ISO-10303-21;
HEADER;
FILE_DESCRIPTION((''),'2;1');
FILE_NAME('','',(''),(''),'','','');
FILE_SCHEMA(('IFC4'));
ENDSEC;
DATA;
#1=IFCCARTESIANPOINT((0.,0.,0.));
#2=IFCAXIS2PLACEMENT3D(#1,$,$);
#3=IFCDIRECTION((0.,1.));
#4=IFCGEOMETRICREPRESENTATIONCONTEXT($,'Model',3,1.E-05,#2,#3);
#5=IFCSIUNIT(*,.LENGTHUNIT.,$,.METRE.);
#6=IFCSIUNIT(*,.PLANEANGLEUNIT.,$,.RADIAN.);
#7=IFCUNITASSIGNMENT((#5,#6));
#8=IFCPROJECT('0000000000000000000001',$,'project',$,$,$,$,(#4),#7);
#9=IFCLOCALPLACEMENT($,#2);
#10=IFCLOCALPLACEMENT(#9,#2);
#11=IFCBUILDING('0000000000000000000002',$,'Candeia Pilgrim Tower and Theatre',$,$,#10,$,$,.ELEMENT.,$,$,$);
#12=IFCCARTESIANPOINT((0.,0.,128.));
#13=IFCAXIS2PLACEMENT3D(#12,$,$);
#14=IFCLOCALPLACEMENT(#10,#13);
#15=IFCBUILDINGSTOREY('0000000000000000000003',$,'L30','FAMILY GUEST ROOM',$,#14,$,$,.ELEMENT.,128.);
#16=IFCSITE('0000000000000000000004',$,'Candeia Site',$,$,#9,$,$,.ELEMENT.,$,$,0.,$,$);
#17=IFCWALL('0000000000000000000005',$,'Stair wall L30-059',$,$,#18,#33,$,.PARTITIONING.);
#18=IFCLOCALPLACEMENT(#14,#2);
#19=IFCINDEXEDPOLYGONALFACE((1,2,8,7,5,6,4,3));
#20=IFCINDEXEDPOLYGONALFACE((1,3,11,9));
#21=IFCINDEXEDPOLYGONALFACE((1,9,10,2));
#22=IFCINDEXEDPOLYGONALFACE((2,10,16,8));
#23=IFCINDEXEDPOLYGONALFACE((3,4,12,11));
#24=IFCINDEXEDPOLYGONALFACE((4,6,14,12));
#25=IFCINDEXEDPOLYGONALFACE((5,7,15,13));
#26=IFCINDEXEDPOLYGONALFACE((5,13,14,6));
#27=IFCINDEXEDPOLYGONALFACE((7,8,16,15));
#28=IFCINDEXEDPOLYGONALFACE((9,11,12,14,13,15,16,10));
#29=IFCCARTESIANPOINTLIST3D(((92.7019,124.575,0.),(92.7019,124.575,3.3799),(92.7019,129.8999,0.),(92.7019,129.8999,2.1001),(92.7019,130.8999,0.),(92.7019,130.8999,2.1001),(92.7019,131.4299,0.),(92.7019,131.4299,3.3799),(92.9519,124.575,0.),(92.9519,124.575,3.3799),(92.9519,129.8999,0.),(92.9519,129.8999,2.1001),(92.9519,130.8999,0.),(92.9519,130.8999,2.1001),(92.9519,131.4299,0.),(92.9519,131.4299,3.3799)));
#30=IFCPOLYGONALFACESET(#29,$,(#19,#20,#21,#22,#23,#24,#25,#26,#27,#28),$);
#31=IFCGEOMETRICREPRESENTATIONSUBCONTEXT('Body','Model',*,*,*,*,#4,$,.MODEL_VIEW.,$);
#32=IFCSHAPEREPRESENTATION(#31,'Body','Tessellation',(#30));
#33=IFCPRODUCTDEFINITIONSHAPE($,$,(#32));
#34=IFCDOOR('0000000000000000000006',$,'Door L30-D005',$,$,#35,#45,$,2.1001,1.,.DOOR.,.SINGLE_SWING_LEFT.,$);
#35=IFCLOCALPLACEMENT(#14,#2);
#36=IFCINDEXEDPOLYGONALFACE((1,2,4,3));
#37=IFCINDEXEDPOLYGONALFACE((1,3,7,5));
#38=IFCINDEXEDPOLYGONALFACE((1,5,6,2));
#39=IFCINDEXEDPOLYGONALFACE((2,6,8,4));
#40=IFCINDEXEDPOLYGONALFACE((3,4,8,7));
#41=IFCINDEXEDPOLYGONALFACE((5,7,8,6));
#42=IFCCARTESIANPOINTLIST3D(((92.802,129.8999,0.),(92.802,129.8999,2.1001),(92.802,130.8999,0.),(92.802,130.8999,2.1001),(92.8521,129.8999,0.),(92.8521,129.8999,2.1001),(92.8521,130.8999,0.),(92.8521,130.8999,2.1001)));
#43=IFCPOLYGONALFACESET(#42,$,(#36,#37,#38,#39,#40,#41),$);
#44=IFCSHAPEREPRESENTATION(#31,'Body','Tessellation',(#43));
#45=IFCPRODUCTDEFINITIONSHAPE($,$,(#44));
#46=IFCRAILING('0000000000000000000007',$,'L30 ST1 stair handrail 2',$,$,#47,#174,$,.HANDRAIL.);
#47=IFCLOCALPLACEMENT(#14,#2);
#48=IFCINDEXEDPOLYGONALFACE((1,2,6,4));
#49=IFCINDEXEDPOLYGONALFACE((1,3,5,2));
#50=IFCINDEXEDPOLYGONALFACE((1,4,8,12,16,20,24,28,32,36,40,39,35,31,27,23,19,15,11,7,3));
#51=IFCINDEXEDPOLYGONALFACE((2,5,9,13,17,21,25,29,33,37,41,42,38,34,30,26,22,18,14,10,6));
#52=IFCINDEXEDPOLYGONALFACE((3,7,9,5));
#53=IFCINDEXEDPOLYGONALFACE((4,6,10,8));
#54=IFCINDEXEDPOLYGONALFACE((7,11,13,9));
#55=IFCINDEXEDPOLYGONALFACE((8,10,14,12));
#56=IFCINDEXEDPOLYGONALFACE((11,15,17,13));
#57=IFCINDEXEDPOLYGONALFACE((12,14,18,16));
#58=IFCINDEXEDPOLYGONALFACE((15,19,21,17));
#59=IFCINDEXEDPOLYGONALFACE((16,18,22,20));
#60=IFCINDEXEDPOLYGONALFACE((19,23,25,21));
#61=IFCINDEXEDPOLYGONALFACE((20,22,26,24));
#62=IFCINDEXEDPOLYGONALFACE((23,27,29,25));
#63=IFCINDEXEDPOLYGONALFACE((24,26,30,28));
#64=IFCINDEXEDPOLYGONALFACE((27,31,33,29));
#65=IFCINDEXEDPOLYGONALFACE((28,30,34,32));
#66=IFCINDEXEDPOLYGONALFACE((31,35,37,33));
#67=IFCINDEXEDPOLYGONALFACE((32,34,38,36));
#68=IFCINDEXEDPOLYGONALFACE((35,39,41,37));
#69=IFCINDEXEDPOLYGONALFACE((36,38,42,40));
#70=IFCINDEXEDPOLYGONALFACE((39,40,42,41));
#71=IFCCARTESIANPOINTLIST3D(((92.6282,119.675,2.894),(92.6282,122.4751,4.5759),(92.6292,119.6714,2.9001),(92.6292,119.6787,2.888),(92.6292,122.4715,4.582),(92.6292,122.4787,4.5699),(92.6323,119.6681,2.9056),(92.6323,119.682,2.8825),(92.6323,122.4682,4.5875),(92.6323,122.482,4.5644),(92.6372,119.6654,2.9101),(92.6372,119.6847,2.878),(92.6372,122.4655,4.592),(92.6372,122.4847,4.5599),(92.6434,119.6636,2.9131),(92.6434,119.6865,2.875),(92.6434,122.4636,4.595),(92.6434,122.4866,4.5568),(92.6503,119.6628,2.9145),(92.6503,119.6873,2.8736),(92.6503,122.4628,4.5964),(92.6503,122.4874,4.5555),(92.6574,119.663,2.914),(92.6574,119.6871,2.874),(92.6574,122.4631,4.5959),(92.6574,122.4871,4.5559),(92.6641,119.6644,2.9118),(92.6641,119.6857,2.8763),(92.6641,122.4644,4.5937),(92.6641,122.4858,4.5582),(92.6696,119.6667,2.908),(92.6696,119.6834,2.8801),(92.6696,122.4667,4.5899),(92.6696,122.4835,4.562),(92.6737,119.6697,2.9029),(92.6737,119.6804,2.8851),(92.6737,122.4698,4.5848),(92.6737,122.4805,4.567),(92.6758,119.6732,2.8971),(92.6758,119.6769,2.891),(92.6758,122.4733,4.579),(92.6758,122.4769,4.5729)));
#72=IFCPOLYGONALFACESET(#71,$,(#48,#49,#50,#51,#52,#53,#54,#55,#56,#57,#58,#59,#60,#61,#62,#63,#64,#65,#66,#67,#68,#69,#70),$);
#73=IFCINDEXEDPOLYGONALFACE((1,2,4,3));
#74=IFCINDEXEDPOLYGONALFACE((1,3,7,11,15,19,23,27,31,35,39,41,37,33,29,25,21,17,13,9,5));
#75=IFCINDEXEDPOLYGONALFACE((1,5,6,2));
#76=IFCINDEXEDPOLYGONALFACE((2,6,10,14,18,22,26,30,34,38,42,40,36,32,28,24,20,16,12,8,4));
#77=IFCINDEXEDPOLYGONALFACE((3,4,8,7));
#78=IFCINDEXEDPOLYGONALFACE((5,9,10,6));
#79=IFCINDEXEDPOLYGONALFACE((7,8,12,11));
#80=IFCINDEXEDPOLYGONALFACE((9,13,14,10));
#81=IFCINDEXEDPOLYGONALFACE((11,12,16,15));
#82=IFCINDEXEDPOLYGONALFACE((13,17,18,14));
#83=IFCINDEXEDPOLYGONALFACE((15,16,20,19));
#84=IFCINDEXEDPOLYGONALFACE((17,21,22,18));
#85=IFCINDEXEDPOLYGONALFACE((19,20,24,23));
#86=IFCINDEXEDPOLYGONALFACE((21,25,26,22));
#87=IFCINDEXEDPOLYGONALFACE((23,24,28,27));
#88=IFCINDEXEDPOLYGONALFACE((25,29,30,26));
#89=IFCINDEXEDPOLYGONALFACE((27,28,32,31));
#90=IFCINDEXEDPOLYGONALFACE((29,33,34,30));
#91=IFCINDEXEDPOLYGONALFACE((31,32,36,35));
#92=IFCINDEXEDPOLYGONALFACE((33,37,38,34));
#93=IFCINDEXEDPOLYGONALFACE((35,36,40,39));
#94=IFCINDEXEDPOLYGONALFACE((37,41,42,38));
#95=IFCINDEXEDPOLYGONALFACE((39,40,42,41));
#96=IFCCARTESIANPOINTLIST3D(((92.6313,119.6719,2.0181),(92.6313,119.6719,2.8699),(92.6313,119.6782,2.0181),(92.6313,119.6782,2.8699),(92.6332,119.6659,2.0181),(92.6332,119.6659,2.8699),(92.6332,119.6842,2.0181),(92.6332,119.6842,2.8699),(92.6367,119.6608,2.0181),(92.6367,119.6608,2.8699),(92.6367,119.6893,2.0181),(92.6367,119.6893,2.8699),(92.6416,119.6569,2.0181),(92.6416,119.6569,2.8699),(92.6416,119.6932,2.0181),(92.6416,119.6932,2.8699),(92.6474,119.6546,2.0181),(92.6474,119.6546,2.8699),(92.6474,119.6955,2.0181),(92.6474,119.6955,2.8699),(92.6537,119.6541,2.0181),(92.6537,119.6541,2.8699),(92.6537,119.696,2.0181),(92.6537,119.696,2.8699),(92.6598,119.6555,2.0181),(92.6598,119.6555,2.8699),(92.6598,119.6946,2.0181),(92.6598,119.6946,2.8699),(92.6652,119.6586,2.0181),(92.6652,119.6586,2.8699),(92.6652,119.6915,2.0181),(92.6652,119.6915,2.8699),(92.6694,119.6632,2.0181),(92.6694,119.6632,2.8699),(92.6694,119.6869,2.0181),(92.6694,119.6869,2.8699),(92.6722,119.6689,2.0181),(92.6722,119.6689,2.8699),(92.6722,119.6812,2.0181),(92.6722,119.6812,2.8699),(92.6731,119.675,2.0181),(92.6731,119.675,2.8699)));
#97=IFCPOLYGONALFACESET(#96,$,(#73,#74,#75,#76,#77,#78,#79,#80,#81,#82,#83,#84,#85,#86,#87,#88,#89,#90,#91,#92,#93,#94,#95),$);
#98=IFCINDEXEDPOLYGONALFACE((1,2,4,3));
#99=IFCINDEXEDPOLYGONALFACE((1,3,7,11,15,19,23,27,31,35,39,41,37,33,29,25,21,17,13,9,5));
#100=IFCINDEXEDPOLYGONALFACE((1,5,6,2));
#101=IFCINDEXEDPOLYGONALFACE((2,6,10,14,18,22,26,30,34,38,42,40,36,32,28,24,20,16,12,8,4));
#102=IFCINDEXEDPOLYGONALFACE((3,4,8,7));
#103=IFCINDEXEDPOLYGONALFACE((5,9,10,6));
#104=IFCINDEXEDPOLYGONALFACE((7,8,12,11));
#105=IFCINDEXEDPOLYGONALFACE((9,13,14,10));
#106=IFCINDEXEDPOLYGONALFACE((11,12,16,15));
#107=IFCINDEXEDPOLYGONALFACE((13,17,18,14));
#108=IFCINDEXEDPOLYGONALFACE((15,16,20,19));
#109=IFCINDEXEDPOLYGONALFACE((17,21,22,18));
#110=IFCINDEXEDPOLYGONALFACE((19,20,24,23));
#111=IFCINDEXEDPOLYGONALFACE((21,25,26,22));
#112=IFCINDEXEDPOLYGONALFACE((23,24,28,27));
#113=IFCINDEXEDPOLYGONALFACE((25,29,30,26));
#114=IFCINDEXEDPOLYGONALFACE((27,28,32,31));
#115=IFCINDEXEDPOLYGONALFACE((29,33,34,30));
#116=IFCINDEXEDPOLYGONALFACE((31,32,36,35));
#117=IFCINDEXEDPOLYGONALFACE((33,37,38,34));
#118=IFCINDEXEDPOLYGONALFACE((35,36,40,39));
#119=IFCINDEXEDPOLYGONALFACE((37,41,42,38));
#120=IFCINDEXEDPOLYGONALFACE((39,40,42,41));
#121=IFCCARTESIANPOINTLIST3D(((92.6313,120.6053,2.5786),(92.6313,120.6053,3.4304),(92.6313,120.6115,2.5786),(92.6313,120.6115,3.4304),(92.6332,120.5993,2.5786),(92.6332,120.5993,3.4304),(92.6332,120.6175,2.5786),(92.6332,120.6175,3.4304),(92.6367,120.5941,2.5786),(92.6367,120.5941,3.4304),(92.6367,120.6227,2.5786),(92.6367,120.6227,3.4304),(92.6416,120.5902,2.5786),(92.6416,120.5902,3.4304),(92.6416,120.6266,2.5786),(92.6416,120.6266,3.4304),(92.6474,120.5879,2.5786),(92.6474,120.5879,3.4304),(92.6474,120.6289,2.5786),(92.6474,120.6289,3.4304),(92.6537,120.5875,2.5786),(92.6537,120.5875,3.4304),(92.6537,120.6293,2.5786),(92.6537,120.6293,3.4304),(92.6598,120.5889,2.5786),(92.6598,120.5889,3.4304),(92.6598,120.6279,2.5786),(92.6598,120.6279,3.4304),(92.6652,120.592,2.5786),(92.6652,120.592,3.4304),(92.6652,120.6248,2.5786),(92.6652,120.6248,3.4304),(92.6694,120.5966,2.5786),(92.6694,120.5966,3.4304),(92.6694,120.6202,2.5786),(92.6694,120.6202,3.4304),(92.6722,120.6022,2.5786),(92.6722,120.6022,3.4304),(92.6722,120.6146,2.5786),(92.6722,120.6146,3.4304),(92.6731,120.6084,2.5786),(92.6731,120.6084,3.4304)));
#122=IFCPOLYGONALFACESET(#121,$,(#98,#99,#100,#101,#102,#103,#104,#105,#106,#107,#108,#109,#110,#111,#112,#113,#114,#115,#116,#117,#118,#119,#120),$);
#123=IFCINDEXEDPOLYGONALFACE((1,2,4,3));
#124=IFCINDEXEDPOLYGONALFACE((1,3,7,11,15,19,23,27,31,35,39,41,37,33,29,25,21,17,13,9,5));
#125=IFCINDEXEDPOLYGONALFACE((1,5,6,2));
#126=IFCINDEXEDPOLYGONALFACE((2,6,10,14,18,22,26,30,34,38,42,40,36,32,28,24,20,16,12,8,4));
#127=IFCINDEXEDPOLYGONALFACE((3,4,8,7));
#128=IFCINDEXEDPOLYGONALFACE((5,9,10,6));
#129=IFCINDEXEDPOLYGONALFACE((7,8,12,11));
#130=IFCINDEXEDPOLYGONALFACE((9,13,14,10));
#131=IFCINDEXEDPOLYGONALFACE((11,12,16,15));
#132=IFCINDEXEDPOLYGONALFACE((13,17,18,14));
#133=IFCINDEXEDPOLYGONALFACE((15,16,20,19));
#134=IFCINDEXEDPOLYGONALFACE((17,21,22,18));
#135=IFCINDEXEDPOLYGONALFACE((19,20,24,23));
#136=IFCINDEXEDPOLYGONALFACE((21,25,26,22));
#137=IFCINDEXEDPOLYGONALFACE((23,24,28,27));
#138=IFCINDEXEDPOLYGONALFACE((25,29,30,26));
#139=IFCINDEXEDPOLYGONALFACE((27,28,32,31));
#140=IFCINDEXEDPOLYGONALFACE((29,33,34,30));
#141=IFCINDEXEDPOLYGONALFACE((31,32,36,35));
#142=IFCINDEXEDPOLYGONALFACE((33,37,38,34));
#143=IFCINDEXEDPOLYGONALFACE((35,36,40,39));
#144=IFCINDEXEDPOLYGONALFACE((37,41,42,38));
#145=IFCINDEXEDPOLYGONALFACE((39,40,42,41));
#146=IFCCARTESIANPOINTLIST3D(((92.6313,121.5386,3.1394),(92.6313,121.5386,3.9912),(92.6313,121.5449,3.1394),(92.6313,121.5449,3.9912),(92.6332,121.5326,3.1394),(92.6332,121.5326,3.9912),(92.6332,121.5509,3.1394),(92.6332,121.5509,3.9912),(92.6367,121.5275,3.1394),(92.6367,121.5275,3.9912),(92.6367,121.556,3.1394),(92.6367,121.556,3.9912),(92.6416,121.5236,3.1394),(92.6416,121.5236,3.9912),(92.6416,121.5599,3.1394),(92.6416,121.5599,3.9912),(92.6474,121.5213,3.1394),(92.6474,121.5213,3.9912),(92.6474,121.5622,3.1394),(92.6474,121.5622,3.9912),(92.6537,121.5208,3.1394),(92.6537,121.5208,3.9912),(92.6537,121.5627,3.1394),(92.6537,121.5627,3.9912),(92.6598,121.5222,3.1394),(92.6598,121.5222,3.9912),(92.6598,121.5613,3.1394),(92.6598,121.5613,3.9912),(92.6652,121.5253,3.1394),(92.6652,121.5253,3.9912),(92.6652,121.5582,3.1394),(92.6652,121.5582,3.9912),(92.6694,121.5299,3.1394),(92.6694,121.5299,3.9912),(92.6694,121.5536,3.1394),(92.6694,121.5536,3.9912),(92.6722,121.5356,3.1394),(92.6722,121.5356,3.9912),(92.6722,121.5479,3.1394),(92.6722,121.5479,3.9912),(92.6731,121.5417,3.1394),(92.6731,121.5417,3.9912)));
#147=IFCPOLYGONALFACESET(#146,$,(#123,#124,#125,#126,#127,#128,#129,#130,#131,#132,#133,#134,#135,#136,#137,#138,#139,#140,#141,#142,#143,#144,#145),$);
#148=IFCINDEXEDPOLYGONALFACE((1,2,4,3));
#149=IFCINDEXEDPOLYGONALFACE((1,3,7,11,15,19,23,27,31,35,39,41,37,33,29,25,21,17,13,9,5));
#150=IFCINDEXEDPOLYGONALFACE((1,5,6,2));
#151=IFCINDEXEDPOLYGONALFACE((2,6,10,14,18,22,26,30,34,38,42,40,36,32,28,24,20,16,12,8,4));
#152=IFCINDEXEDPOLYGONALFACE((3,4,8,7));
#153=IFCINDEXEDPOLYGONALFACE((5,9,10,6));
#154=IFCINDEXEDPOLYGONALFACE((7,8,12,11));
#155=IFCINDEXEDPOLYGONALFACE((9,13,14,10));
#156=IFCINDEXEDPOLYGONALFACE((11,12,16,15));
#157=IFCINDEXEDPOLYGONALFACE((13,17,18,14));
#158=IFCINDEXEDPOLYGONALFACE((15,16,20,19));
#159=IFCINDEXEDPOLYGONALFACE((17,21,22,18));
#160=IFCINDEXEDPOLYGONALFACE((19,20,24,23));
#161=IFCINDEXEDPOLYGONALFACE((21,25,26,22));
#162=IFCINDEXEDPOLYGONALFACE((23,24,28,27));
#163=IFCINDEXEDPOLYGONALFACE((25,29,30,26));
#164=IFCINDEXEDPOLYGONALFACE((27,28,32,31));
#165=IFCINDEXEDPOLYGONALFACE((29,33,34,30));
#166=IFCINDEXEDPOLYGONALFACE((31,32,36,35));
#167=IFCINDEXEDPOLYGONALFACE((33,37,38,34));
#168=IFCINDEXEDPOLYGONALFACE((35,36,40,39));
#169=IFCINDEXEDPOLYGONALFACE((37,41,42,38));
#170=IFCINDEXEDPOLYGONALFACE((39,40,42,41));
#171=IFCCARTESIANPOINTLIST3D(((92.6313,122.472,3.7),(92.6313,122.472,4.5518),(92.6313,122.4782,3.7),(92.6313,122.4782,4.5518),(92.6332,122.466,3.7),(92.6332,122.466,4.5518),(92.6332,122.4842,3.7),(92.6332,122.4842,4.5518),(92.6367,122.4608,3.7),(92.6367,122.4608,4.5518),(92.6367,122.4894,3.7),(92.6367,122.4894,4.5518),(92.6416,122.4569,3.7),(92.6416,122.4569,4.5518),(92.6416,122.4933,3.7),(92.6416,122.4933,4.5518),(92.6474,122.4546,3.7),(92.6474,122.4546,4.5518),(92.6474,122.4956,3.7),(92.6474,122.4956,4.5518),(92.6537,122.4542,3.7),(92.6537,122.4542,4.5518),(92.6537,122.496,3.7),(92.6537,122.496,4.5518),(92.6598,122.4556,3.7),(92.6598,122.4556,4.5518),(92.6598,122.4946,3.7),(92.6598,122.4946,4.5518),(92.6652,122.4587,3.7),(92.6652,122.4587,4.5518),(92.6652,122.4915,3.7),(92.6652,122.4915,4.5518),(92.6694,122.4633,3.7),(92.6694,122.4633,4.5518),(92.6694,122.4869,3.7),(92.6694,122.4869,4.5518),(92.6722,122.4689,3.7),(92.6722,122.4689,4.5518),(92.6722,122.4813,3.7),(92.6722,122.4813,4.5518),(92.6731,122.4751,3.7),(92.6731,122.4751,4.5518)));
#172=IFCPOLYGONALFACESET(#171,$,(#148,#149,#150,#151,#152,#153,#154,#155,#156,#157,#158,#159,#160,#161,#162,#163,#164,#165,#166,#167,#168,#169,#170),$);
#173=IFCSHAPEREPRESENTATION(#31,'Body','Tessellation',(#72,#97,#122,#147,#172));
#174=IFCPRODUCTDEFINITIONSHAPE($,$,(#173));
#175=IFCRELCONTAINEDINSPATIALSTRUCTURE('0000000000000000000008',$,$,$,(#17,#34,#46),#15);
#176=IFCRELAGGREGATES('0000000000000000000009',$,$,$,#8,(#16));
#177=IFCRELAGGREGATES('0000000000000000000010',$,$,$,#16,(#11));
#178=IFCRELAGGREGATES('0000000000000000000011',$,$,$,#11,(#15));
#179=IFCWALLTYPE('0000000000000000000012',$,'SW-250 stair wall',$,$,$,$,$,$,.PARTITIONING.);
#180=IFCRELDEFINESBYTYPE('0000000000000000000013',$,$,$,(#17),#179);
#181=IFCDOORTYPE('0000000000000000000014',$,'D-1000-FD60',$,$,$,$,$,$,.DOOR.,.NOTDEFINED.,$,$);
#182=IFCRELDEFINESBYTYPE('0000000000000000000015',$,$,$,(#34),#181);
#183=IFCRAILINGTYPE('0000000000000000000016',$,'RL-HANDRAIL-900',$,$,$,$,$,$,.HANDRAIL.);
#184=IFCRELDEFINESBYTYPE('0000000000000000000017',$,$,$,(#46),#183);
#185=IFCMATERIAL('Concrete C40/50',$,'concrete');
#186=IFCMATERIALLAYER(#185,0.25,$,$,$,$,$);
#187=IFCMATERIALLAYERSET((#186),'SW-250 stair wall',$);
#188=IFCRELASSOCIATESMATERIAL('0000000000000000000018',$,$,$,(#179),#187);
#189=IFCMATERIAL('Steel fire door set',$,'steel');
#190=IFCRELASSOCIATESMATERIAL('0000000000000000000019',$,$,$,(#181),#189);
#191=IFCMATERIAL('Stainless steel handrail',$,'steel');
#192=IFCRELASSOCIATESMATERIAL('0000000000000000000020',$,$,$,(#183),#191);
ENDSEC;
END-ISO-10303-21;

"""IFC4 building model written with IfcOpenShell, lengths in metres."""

from ifc_helpers import new_model, si_unit, direction, frame, frame_2d, origin, origin_2d, place, context, subcontext, project, spatial, rectangle, circle, extrude, material, layer, layer_set, type_object, element, fill, save


model = new_model("IFC4")

# Units and contexts
model_context = context("Model", 3, precision=1e-05, world=origin(), true_north=direction((0.0, 1.0)))
body_context = subcontext(model_context, "Body", "Model", "MODEL_VIEW")
ifc_project = project(units=[si_unit("LENGTHUNIT", "METRE"), si_unit("PLANEANGLEUNIT", "RADIAN")], contexts=[model_context])

# Site, building, storey
site_placement = place(None, origin())
site = spatial("IfcSite", under=ifc_project, at=site_placement, Name="Candeia Site", CompositionType="ELEMENT", RefElevation=0.0)
building_placement = place(site_placement, origin())
building = spatial("IfcBuilding", under=site, at=building_placement, Name="Candeia Pilgrim Tower and Theatre", CompositionType="ELEMENT")
storey_placement = place(building_placement, frame((0.0, 0.0, 128.0)))
storey = spatial("IfcBuildingStorey", under=building, at=storey_placement, Name="L30", Description="FAMILY GUEST ROOM", CompositionType="ELEMENT", Elevation=128.0)

# Shared definitions
ifc_material_1 = material(Name="Steel fire door set", Category="steel")

# Shared definitions
ifc_material_2 = material(Name="Concrete C40/50", Category="concrete")

# Wall, opening, door
ifc_layer_1 = layer(ifc_material_2, 0.25)
ifc_layer_set_1 = layer_set([ifc_layer_1], Name="SW-250 stair wall")
wall_type_1 = type_object("IfcWallType", Name="SW-250 stair wall", PredefinedType="PARTITIONING", material=ifc_layer_set_1)
wall_1_placement = place(storey_placement, frame((92.8269, 124.575, 0.0), z_axis=(0.0, 0.0, 1.0), x_axis=(0.0, 1.0, 0.0)))
wall_1 = element("IfcWall", 1, at=wall_1_placement, inside=storey, type_object=wall_type_1, Name="Stair wall L30-059", PredefinedType="PARTITIONING", context=body_context, shape_type="SweptSolid", body=[
    extrude(rectangle(XDim=6.855, YDim=0.25, at=frame_2d((3.4275, 0.0))), origin(), (0.0, 0.0, 1.0), 3.3799),
])
opening_1_placement = place(wall_1_placement, frame((5.325, 0.0, 0.0)))
opening_1 = element("IfcOpeningElement", 2, at=opening_1_placement, cuts=wall_1, PredefinedType="OPENING", context=body_context, shape_type="SweptSolid", body=[
    extrude(rectangle(XDim=1.0, YDim=2.1001, at=frame_2d((0.5, 1.05))), frame((0.0, 0.135, 0.0), z_axis=(0.0, -1.0, 0.0), x_axis=(1.0, 0.0, 0.0)), (0.0, 0.0, 1.0), 0.27),
])
door_type_1 = type_object("IfcDoorType", Name="D-1000-FD60", OperationType="NOTDEFINED", PredefinedType="DOOR", material=ifc_material_1)
door_1_placement = place(opening_1_placement, origin())
door_1 = element("IfcDoor", 3, at=door_1_placement, inside=storey, type_object=door_type_1, Name="Door L30-D005", OperationType="SINGLE_SWING_LEFT", OverallHeight=2.1001, OverallWidth=1.0, PredefinedType="DOOR", context=body_context, shape_type="SweptSolid", body=[
    extrude(rectangle(XDim=1.0, YDim=2.1001, at=frame_2d((0.5, 1.05))), frame((0.0, 0.0249, 0.0), z_axis=(0.0, -1.0, 0.0), x_axis=(1.0, 0.0, 0.0)), (0.0, 0.0, 1.0), 0.05),
])
fill(opening_1, door_1)

# Railing
ifc_material_3 = material(Name="Stainless steel handrail", Category="steel")
railing_type = type_object("IfcRailingType", Name="RL-HANDRAIL-900", PredefinedType="HANDRAIL", material=ifc_material_3)
for number, where, name in (
    (4, (92.6521, 119.675, 2.0181), "L30 ST1 stair handrail 2"),
):
    element("IfcRailing", number, at=place(storey_placement, frame(where)), inside=storey, type_object=railing_type, Name=name, PredefinedType="HANDRAIL", context=body_context, shape_type="SweptSolid", body=[
        extrude(circle(Radius=0.0239, at=origin_2d()), frame((0.0, 0.0, 0.876), z_axis=(0.0, 0.857242, 0.514913), x_axis=(-1.0, 0.0, 0.0)), (0.0, 0.0, 1.0), 3.2664),
        extrude(circle(Radius=0.021, at=origin_2d()), origin(), (0.0, 0.0, 1.0), 0.8518),
        extrude(circle(Radius=0.021, at=origin_2d()), frame((0.0, 0.9333, 0.5605)), (0.0, 0.0, 1.0), 0.8518),
        extrude(circle(Radius=0.021, at=origin_2d()), frame((0.0, 1.8667, 1.1213)), (0.0, 0.0, 1.0), 0.8518),
        extrude(circle(Radius=0.021, at=origin_2d()), frame((0.0, 2.8, 1.6819)), (0.0, 0.0, 1.0), 0.8518),
    ])

save(model, "model.ifc")
